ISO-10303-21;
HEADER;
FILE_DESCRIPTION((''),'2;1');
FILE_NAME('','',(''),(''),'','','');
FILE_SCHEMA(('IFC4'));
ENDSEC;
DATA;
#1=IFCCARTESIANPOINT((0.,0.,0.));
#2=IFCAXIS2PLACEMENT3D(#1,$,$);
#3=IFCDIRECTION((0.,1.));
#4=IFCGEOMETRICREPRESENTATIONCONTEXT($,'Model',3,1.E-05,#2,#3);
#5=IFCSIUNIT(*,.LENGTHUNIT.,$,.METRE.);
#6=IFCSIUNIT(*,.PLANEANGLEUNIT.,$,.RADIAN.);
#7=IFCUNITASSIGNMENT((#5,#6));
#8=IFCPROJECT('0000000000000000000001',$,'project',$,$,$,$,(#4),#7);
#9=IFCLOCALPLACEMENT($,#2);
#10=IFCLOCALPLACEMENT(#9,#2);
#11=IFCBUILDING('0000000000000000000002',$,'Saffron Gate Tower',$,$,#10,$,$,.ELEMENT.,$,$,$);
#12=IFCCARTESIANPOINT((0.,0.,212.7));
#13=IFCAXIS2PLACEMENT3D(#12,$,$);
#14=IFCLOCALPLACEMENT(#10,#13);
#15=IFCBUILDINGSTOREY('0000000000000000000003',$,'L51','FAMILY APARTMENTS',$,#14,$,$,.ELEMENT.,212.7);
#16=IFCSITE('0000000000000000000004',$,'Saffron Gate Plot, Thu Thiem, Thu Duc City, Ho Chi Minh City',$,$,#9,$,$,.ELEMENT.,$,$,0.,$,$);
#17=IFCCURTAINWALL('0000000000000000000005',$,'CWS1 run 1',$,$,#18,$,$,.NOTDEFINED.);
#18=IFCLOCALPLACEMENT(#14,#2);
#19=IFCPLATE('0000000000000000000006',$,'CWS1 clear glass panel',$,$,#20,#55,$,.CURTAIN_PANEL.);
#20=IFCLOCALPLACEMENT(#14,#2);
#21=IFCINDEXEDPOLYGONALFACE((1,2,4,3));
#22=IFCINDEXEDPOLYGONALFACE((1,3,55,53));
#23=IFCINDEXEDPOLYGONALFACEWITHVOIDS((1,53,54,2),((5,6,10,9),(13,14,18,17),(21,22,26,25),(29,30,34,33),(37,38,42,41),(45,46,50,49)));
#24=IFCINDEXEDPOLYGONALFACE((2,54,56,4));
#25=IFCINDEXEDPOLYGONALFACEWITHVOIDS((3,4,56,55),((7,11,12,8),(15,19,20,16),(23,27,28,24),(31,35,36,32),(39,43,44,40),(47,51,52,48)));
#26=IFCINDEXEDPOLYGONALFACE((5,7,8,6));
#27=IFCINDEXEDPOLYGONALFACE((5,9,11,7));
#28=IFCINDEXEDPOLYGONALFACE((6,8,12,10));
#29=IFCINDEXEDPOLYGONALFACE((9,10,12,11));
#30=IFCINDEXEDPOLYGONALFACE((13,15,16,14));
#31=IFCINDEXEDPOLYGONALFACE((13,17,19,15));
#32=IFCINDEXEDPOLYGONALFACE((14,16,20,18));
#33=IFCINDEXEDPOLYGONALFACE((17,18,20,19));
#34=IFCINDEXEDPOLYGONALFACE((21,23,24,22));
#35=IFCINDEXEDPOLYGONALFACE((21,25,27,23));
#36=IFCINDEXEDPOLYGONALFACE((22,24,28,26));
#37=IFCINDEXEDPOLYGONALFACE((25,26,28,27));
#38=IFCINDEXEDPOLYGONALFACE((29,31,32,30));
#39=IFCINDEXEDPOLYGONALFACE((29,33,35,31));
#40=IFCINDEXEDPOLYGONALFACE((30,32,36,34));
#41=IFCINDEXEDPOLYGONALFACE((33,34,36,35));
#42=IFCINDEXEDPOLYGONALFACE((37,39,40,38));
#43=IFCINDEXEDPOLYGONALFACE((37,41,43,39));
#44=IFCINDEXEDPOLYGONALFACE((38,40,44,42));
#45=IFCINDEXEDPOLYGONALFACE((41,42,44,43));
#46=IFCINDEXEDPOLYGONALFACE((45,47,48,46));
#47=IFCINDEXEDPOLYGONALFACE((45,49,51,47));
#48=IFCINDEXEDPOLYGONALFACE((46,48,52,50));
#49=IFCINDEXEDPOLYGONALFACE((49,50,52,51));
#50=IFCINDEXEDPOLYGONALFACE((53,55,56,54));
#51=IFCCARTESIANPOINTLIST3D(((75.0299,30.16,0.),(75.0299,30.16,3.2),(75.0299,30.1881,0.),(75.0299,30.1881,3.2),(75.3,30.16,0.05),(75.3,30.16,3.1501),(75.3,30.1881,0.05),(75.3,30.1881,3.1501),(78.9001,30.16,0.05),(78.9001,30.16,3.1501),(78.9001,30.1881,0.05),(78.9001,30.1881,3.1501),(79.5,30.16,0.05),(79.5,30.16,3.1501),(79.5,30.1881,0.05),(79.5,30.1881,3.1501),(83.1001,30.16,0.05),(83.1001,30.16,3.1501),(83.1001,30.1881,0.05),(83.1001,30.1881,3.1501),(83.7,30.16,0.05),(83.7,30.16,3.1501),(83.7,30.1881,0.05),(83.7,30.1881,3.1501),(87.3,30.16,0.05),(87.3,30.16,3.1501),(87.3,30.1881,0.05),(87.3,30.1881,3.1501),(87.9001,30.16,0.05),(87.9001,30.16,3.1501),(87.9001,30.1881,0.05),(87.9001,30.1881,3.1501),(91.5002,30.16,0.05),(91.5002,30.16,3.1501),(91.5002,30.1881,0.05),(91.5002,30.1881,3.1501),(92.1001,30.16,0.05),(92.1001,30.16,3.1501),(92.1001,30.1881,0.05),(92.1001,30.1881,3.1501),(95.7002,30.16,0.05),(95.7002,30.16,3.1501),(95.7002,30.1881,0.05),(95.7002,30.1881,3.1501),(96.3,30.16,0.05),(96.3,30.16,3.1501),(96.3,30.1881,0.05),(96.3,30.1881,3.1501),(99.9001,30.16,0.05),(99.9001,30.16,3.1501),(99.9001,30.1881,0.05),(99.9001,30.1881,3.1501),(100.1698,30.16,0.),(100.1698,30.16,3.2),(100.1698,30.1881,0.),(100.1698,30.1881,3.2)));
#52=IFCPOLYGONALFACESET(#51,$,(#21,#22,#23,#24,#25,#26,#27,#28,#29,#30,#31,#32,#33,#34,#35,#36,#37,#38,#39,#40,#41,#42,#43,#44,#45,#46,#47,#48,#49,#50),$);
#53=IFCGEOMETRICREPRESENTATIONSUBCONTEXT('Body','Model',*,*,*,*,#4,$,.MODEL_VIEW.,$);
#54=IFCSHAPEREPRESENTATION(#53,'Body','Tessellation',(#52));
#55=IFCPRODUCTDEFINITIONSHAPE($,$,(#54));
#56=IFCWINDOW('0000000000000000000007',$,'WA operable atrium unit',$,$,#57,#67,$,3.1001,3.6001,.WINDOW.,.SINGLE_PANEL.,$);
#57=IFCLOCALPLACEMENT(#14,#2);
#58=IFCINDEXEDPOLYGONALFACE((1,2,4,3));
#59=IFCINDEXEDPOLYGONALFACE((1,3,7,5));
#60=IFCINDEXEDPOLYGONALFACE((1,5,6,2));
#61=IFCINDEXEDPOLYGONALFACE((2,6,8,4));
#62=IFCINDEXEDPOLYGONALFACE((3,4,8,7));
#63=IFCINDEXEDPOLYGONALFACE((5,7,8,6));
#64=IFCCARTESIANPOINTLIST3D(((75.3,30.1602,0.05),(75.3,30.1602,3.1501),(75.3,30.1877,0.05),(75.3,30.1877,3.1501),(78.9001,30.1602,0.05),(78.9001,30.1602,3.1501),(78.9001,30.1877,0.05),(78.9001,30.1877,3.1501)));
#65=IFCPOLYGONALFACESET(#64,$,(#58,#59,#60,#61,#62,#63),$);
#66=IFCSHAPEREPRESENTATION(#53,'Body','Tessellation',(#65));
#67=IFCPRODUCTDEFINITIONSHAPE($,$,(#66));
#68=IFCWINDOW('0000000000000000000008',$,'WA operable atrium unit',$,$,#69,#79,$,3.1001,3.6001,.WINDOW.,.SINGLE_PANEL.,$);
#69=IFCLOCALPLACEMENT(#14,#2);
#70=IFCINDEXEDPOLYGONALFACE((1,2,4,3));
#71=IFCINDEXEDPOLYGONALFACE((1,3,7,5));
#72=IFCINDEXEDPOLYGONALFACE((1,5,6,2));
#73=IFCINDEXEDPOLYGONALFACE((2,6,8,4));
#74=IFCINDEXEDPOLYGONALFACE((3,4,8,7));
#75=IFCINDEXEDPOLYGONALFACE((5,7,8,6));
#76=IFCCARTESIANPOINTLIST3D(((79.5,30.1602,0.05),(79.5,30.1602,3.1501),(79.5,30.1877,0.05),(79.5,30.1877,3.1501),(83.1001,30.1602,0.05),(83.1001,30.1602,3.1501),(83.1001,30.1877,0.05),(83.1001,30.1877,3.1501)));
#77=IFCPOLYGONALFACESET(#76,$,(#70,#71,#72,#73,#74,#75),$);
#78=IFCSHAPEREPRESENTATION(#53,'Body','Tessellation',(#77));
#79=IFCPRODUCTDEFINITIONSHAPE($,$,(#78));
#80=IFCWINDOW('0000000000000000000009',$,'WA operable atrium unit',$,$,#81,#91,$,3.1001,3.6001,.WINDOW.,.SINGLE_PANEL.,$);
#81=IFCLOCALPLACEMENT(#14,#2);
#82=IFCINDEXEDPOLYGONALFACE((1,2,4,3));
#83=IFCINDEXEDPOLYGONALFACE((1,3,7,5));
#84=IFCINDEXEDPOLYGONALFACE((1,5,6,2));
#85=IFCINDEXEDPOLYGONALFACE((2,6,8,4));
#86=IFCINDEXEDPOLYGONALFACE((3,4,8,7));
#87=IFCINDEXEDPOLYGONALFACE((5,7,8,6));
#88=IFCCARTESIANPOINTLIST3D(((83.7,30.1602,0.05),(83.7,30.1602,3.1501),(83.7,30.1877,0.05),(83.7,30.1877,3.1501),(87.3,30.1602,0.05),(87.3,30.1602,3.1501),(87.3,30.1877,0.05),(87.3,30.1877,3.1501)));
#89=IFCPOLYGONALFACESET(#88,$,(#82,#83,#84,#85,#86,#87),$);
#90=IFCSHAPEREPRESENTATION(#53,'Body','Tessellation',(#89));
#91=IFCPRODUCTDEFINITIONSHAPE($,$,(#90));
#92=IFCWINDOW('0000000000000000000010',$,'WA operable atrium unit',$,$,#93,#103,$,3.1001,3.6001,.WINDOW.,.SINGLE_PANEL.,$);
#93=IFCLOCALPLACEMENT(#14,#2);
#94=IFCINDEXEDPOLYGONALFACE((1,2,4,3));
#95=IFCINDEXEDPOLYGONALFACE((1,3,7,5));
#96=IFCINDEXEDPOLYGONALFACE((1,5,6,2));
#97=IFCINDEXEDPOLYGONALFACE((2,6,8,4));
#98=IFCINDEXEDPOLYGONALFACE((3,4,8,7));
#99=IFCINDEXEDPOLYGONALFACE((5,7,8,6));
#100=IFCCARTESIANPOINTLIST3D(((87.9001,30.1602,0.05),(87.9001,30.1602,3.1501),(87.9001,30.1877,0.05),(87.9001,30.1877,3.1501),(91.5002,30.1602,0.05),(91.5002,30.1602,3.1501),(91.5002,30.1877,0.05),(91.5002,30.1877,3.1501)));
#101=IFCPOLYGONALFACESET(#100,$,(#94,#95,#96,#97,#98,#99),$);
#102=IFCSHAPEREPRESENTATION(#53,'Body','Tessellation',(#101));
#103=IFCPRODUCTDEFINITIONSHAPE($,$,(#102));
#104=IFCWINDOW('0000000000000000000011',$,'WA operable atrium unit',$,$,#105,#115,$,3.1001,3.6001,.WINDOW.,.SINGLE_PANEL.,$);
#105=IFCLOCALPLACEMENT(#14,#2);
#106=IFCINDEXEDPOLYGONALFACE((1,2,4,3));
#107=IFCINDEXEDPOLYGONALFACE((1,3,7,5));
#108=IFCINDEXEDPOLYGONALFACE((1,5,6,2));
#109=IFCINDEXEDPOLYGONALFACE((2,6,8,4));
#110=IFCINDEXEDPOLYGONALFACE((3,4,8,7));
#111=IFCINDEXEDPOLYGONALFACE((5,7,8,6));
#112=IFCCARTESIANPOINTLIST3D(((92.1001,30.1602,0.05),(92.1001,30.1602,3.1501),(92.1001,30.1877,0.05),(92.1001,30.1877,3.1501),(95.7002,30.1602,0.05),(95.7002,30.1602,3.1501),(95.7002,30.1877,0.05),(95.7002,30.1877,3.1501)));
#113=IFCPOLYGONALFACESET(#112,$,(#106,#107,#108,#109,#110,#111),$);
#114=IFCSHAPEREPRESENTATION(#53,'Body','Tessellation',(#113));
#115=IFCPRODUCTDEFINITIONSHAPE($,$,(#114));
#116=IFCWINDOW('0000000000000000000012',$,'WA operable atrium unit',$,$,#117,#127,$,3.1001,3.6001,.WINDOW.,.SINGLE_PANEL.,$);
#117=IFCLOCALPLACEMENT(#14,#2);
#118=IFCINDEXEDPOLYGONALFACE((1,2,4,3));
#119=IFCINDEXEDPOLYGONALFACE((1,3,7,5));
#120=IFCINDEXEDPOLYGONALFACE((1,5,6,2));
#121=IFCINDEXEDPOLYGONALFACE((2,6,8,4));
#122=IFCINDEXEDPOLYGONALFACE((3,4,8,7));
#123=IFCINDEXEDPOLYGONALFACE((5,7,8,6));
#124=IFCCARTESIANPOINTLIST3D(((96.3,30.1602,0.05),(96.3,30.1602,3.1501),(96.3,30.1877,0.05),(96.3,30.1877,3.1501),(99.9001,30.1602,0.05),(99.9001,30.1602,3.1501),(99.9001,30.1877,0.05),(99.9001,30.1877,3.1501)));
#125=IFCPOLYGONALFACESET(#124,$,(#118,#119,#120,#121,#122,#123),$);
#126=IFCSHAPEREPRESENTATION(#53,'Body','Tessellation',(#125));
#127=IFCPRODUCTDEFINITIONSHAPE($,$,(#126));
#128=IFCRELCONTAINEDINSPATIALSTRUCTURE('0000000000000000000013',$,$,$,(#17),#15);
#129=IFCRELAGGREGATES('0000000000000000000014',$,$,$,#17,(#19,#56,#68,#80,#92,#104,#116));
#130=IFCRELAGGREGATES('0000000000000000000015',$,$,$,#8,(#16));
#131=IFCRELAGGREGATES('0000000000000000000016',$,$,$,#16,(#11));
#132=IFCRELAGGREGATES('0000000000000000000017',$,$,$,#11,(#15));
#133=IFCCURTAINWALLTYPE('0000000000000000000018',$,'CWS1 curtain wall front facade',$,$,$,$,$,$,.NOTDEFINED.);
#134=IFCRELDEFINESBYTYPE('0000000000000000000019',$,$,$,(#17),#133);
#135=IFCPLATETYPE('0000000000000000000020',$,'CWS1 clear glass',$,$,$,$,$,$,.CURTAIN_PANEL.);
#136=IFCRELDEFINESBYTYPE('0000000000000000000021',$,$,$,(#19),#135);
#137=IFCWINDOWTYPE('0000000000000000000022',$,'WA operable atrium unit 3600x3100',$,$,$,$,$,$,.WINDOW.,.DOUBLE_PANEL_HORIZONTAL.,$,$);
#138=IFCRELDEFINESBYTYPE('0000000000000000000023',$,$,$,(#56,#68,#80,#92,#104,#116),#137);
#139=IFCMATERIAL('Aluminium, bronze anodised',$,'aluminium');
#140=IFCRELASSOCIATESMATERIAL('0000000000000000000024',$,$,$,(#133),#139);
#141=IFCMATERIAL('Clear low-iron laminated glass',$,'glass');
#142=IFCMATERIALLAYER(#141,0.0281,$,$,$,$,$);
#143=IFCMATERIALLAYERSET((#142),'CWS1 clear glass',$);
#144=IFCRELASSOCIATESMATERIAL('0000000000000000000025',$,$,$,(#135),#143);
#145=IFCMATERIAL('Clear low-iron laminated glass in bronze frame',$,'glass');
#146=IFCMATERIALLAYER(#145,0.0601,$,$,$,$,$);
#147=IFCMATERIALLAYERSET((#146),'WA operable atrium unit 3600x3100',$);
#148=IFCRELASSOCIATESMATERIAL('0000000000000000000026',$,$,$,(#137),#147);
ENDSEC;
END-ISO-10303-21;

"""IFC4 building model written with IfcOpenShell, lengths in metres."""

from ifc_helpers import new_model, si_unit, direction, frame, frame_2d, origin, place, context, subcontext, project, spatial, rectangle, extrude, material, layer, layer_set, type_object, element, fill, aggregate, save


model = new_model("IFC4")

# Units and contexts
model_context = context("Model", 3, precision=1e-05, world=origin(), true_north=direction((0.0, 1.0)))
body_context = subcontext(model_context, "Body", "Model", "MODEL_VIEW")
ifc_project = project(units=[si_unit("LENGTHUNIT", "METRE"), si_unit("PLANEANGLEUNIT", "RADIAN")], contexts=[model_context])

# Site, building, storey
site_placement = place(None, origin())
site = spatial("IfcSite", under=ifc_project, at=site_placement, Name="Saffron Gate Plot, Thu Thiem, Thu Duc City, Ho Chi Minh City", CompositionType="ELEMENT", RefElevation=0.0)
building_placement = place(site_placement, origin())
building = spatial("IfcBuilding", under=site, at=building_placement, Name="Saffron Gate Tower", CompositionType="ELEMENT")
storey_placement = place(building_placement, frame((0.0, 0.0, 212.7)))
storey = spatial("IfcBuildingStorey", under=building, at=storey_placement, Name="L51", Description="FAMILY APARTMENTS", CompositionType="ELEMENT", Elevation=212.7)

# Curtain wall, plate, openings, windows
ifc_material_1 = material(Name="Aluminium, bronze anodised", Category="aluminium")
curtain_wall_type = type_object("IfcCurtainWallType", Name="CWS1 curtain wall front facade", PredefinedType="NOTDEFINED", material=ifc_material_1)
curtain_wall_placement = place(storey_placement, origin())
curtain_wall = element("IfcCurtainWall", 1, at=curtain_wall_placement, inside=storey, type_object=curtain_wall_type, Name="CWS1 run 1", PredefinedType="NOTDEFINED")
ifc_material_2 = material(Name="Clear low-iron laminated glass", Category="glass")
ifc_layer_1 = layer(ifc_material_2, 0.0281)
ifc_layer_set_1 = layer_set([ifc_layer_1], Name="CWS1 clear glass")
plate_type = type_object("IfcPlateType", Name="CWS1 clear glass", PredefinedType="CURTAIN_PANEL", material=ifc_layer_set_1)
plate_placement = place(storey_placement, frame((75.03, 30.1741, 0.0), z_axis=(0.0, 0.0, 1.0), x_axis=(1.0, 0.0, 0.0)))
plate = element("IfcPlate", 2, at=plate_placement, type_object=plate_type, Name="CWS1 clear glass panel", PredefinedType="CURTAIN_PANEL", context=body_context, shape_type="SweptSolid", body=[
    extrude(rectangle(XDim=25.1399, YDim=0.0281, at=frame_2d((12.5698, 0.0))), origin(), (0.0, 0.0, 1.0), 3.2),
])
opening_1_placement = place(plate_placement, frame((0.27, 0.0, 0.05)))
opening_1 = element("IfcOpeningElement", 3, at=opening_1_placement, cuts=plate, PredefinedType="OPENING", context=body_context, shape_type="SweptSolid", body=[
    extrude(rectangle(XDim=3.6001, YDim=3.1001, at=frame_2d((1.8, 1.55))), frame((0.0, 0.0239, 0.0), z_axis=(0.0, -1.0, 0.0), x_axis=(1.0, 0.0, 0.0)), (0.0, 0.0, 1.0), 0.0481),
])
opening_2_placement = place(plate_placement, frame((4.47, 0.0, 0.05)))
opening_2 = element("IfcOpeningElement", 4, at=opening_2_placement, cuts=plate, PredefinedType="OPENING", context=body_context, shape_type="SweptSolid", body=[
    extrude(rectangle(XDim=3.6001, YDim=3.1001, at=frame_2d((1.8, 1.55))), frame((0.0, 0.0239, 0.0), z_axis=(0.0, -1.0, 0.0), x_axis=(1.0, 0.0, 0.0)), (0.0, 0.0, 1.0), 0.0481),
])
opening_3_placement = place(plate_placement, frame((8.6699, 0.0, 0.05)))
opening_3 = element("IfcOpeningElement", 5, at=opening_3_placement, cuts=plate, PredefinedType="OPENING", context=body_context, shape_type="SweptSolid", body=[
    extrude(rectangle(XDim=3.6001, YDim=3.1001, at=frame_2d((1.8, 1.55))), frame((0.0, 0.0239, 0.0), z_axis=(0.0, -1.0, 0.0), x_axis=(1.0, 0.0, 0.0)), (0.0, 0.0, 1.0), 0.0481),
])
opening_4_placement = place(plate_placement, frame((12.8701, 0.0, 0.05)))
opening_4 = element("IfcOpeningElement", 6, at=opening_4_placement, cuts=plate, PredefinedType="OPENING", context=body_context, shape_type="SweptSolid", body=[
    extrude(rectangle(XDim=3.6001, YDim=3.1001, at=frame_2d((1.8, 1.55))), frame((0.0, 0.0239, 0.0), z_axis=(0.0, -1.0, 0.0), x_axis=(1.0, 0.0, 0.0)), (0.0, 0.0, 1.0), 0.0481),
])
opening_5_placement = place(plate_placement, frame((17.0701, 0.0, 0.05)))
opening_5 = element("IfcOpeningElement", 7, at=opening_5_placement, cuts=plate, PredefinedType="OPENING", context=body_context, shape_type="SweptSolid", body=[
    extrude(rectangle(XDim=3.6001, YDim=3.1001, at=frame_2d((1.8, 1.55))), frame((0.0, 0.0239, 0.0), z_axis=(0.0, -1.0, 0.0), x_axis=(1.0, 0.0, 0.0)), (0.0, 0.0, 1.0), 0.0481),
])
opening_6_placement = place(plate_placement, frame((21.27, 0.0, 0.05)))
opening_6 = element("IfcOpeningElement", 8, at=opening_6_placement, cuts=plate, PredefinedType="OPENING", context=body_context, shape_type="SweptSolid", body=[
    extrude(rectangle(XDim=3.6001, YDim=3.1001, at=frame_2d((1.8, 1.55))), frame((0.0, 0.0239, 0.0), z_axis=(0.0, -1.0, 0.0), x_axis=(1.0, 0.0, 0.0)), (0.0, 0.0, 1.0), 0.0481),
])
ifc_material_3 = material(Name="Clear low-iron laminated glass in bronze frame", Category="glass")
ifc_layer_2 = layer(ifc_material_3, 0.0601)
ifc_layer_set_2 = layer_set([ifc_layer_2], Name="WA operable atrium unit 3600x3100")
window_type = type_object("IfcWindowType", Name="WA operable atrium unit 3600x3100", PartitioningType="DOUBLE_PANEL_HORIZONTAL", PredefinedType="WINDOW", material=ifc_layer_set_2)
window_1_placement = place(opening_1_placement, origin())
window_1 = element("IfcWindow", 9, at=window_1_placement, type_object=window_type, Name="WA operable atrium unit", OverallHeight=3.1001, OverallWidth=3.6001, PartitioningType="SINGLE_PANEL", PredefinedType="WINDOW", context=body_context, shape_type="SweptSolid", body=[
    extrude(rectangle(XDim=3.6001, YDim=3.1001, at=frame_2d((1.8, 1.55))), frame((0.0, 0.0137, 0.0), z_axis=(0.0, -1.0, 0.0), x_axis=(1.0, 0.0, 0.0)), (0.0, 0.0, 1.0), 0.0276),
])
fill(opening_1, window_1)
window_2_placement = place(opening_2_placement, origin())
window_2 = element("IfcWindow", 10, at=window_2_placement, type_object=window_type, Name="WA operable atrium unit", OverallHeight=3.1001, OverallWidth=3.6001, PartitioningType="SINGLE_PANEL", PredefinedType="WINDOW", context=body_context, shape_type="SweptSolid", body=[
    extrude(rectangle(XDim=3.6001, YDim=3.1001, at=frame_2d((1.8, 1.55))), frame((0.0, 0.0137, 0.0), z_axis=(0.0, -1.0, 0.0), x_axis=(1.0, 0.0, 0.0)), (0.0, 0.0, 1.0), 0.0276),
])
fill(opening_2, window_2)
window_3_placement = place(opening_3_placement, origin())
window_3 = element("IfcWindow", 11, at=window_3_placement, type_object=window_type, Name="WA operable atrium unit", OverallHeight=3.1001, OverallWidth=3.6001, PartitioningType="SINGLE_PANEL", PredefinedType="WINDOW", context=body_context, shape_type="SweptSolid", body=[
    extrude(rectangle(XDim=3.6001, YDim=3.1001, at=frame_2d((1.8, 1.55))), frame((0.0, 0.0137, 0.0), z_axis=(0.0, -1.0, 0.0), x_axis=(1.0, 0.0, 0.0)), (0.0, 0.0, 1.0), 0.0276),
])
fill(opening_3, window_3)
window_4_placement = place(opening_4_placement, origin())
window_4 = element("IfcWindow", 12, at=window_4_placement, type_object=window_type, Name="WA operable atrium unit", OverallHeight=3.1001, OverallWidth=3.6001, PartitioningType="SINGLE_PANEL", PredefinedType="WINDOW", context=body_context, shape_type="SweptSolid", body=[
    extrude(rectangle(XDim=3.6001, YDim=3.1001, at=frame_2d((1.8, 1.55))), frame((0.0, 0.0137, 0.0), z_axis=(0.0, -1.0, 0.0), x_axis=(1.0, 0.0, 0.0)), (0.0, 0.0, 1.0), 0.0276),
])
fill(opening_4, window_4)
window_5_placement = place(opening_5_placement, origin())
window_5 = element("IfcWindow", 13, at=window_5_placement, type_object=window_type, Name="WA operable atrium unit", OverallHeight=3.1001, OverallWidth=3.6001, PartitioningType="SINGLE_PANEL", PredefinedType="WINDOW", context=body_context, shape_type="SweptSolid", body=[
    extrude(rectangle(XDim=3.6001, YDim=3.1001, at=frame_2d((1.8, 1.55))), frame((0.0, 0.0137, 0.0), z_axis=(0.0, -1.0, 0.0), x_axis=(1.0, 0.0, 0.0)), (0.0, 0.0, 1.0), 0.0276),
])
fill(opening_5, window_5)
window_6_placement = place(opening_6_placement, origin())
window_6 = element("IfcWindow", 14, at=window_6_placement, type_object=window_type, Name="WA operable atrium unit", OverallHeight=3.1001, OverallWidth=3.6001, PartitioningType="SINGLE_PANEL", PredefinedType="WINDOW", context=body_context, shape_type="SweptSolid", body=[
    extrude(rectangle(XDim=3.6001, YDim=3.1001, at=frame_2d((1.8, 1.55))), frame((0.0, 0.0137, 0.0), z_axis=(0.0, -1.0, 0.0), x_axis=(1.0, 0.0, 0.0)), (0.0, 0.0, 1.0), 0.0276),
])
fill(opening_6, window_6)
aggregate(curtain_wall, [plate, window_1, window_2, window_3, window_4, window_5, window_6])

save(model, "model.ifc")
